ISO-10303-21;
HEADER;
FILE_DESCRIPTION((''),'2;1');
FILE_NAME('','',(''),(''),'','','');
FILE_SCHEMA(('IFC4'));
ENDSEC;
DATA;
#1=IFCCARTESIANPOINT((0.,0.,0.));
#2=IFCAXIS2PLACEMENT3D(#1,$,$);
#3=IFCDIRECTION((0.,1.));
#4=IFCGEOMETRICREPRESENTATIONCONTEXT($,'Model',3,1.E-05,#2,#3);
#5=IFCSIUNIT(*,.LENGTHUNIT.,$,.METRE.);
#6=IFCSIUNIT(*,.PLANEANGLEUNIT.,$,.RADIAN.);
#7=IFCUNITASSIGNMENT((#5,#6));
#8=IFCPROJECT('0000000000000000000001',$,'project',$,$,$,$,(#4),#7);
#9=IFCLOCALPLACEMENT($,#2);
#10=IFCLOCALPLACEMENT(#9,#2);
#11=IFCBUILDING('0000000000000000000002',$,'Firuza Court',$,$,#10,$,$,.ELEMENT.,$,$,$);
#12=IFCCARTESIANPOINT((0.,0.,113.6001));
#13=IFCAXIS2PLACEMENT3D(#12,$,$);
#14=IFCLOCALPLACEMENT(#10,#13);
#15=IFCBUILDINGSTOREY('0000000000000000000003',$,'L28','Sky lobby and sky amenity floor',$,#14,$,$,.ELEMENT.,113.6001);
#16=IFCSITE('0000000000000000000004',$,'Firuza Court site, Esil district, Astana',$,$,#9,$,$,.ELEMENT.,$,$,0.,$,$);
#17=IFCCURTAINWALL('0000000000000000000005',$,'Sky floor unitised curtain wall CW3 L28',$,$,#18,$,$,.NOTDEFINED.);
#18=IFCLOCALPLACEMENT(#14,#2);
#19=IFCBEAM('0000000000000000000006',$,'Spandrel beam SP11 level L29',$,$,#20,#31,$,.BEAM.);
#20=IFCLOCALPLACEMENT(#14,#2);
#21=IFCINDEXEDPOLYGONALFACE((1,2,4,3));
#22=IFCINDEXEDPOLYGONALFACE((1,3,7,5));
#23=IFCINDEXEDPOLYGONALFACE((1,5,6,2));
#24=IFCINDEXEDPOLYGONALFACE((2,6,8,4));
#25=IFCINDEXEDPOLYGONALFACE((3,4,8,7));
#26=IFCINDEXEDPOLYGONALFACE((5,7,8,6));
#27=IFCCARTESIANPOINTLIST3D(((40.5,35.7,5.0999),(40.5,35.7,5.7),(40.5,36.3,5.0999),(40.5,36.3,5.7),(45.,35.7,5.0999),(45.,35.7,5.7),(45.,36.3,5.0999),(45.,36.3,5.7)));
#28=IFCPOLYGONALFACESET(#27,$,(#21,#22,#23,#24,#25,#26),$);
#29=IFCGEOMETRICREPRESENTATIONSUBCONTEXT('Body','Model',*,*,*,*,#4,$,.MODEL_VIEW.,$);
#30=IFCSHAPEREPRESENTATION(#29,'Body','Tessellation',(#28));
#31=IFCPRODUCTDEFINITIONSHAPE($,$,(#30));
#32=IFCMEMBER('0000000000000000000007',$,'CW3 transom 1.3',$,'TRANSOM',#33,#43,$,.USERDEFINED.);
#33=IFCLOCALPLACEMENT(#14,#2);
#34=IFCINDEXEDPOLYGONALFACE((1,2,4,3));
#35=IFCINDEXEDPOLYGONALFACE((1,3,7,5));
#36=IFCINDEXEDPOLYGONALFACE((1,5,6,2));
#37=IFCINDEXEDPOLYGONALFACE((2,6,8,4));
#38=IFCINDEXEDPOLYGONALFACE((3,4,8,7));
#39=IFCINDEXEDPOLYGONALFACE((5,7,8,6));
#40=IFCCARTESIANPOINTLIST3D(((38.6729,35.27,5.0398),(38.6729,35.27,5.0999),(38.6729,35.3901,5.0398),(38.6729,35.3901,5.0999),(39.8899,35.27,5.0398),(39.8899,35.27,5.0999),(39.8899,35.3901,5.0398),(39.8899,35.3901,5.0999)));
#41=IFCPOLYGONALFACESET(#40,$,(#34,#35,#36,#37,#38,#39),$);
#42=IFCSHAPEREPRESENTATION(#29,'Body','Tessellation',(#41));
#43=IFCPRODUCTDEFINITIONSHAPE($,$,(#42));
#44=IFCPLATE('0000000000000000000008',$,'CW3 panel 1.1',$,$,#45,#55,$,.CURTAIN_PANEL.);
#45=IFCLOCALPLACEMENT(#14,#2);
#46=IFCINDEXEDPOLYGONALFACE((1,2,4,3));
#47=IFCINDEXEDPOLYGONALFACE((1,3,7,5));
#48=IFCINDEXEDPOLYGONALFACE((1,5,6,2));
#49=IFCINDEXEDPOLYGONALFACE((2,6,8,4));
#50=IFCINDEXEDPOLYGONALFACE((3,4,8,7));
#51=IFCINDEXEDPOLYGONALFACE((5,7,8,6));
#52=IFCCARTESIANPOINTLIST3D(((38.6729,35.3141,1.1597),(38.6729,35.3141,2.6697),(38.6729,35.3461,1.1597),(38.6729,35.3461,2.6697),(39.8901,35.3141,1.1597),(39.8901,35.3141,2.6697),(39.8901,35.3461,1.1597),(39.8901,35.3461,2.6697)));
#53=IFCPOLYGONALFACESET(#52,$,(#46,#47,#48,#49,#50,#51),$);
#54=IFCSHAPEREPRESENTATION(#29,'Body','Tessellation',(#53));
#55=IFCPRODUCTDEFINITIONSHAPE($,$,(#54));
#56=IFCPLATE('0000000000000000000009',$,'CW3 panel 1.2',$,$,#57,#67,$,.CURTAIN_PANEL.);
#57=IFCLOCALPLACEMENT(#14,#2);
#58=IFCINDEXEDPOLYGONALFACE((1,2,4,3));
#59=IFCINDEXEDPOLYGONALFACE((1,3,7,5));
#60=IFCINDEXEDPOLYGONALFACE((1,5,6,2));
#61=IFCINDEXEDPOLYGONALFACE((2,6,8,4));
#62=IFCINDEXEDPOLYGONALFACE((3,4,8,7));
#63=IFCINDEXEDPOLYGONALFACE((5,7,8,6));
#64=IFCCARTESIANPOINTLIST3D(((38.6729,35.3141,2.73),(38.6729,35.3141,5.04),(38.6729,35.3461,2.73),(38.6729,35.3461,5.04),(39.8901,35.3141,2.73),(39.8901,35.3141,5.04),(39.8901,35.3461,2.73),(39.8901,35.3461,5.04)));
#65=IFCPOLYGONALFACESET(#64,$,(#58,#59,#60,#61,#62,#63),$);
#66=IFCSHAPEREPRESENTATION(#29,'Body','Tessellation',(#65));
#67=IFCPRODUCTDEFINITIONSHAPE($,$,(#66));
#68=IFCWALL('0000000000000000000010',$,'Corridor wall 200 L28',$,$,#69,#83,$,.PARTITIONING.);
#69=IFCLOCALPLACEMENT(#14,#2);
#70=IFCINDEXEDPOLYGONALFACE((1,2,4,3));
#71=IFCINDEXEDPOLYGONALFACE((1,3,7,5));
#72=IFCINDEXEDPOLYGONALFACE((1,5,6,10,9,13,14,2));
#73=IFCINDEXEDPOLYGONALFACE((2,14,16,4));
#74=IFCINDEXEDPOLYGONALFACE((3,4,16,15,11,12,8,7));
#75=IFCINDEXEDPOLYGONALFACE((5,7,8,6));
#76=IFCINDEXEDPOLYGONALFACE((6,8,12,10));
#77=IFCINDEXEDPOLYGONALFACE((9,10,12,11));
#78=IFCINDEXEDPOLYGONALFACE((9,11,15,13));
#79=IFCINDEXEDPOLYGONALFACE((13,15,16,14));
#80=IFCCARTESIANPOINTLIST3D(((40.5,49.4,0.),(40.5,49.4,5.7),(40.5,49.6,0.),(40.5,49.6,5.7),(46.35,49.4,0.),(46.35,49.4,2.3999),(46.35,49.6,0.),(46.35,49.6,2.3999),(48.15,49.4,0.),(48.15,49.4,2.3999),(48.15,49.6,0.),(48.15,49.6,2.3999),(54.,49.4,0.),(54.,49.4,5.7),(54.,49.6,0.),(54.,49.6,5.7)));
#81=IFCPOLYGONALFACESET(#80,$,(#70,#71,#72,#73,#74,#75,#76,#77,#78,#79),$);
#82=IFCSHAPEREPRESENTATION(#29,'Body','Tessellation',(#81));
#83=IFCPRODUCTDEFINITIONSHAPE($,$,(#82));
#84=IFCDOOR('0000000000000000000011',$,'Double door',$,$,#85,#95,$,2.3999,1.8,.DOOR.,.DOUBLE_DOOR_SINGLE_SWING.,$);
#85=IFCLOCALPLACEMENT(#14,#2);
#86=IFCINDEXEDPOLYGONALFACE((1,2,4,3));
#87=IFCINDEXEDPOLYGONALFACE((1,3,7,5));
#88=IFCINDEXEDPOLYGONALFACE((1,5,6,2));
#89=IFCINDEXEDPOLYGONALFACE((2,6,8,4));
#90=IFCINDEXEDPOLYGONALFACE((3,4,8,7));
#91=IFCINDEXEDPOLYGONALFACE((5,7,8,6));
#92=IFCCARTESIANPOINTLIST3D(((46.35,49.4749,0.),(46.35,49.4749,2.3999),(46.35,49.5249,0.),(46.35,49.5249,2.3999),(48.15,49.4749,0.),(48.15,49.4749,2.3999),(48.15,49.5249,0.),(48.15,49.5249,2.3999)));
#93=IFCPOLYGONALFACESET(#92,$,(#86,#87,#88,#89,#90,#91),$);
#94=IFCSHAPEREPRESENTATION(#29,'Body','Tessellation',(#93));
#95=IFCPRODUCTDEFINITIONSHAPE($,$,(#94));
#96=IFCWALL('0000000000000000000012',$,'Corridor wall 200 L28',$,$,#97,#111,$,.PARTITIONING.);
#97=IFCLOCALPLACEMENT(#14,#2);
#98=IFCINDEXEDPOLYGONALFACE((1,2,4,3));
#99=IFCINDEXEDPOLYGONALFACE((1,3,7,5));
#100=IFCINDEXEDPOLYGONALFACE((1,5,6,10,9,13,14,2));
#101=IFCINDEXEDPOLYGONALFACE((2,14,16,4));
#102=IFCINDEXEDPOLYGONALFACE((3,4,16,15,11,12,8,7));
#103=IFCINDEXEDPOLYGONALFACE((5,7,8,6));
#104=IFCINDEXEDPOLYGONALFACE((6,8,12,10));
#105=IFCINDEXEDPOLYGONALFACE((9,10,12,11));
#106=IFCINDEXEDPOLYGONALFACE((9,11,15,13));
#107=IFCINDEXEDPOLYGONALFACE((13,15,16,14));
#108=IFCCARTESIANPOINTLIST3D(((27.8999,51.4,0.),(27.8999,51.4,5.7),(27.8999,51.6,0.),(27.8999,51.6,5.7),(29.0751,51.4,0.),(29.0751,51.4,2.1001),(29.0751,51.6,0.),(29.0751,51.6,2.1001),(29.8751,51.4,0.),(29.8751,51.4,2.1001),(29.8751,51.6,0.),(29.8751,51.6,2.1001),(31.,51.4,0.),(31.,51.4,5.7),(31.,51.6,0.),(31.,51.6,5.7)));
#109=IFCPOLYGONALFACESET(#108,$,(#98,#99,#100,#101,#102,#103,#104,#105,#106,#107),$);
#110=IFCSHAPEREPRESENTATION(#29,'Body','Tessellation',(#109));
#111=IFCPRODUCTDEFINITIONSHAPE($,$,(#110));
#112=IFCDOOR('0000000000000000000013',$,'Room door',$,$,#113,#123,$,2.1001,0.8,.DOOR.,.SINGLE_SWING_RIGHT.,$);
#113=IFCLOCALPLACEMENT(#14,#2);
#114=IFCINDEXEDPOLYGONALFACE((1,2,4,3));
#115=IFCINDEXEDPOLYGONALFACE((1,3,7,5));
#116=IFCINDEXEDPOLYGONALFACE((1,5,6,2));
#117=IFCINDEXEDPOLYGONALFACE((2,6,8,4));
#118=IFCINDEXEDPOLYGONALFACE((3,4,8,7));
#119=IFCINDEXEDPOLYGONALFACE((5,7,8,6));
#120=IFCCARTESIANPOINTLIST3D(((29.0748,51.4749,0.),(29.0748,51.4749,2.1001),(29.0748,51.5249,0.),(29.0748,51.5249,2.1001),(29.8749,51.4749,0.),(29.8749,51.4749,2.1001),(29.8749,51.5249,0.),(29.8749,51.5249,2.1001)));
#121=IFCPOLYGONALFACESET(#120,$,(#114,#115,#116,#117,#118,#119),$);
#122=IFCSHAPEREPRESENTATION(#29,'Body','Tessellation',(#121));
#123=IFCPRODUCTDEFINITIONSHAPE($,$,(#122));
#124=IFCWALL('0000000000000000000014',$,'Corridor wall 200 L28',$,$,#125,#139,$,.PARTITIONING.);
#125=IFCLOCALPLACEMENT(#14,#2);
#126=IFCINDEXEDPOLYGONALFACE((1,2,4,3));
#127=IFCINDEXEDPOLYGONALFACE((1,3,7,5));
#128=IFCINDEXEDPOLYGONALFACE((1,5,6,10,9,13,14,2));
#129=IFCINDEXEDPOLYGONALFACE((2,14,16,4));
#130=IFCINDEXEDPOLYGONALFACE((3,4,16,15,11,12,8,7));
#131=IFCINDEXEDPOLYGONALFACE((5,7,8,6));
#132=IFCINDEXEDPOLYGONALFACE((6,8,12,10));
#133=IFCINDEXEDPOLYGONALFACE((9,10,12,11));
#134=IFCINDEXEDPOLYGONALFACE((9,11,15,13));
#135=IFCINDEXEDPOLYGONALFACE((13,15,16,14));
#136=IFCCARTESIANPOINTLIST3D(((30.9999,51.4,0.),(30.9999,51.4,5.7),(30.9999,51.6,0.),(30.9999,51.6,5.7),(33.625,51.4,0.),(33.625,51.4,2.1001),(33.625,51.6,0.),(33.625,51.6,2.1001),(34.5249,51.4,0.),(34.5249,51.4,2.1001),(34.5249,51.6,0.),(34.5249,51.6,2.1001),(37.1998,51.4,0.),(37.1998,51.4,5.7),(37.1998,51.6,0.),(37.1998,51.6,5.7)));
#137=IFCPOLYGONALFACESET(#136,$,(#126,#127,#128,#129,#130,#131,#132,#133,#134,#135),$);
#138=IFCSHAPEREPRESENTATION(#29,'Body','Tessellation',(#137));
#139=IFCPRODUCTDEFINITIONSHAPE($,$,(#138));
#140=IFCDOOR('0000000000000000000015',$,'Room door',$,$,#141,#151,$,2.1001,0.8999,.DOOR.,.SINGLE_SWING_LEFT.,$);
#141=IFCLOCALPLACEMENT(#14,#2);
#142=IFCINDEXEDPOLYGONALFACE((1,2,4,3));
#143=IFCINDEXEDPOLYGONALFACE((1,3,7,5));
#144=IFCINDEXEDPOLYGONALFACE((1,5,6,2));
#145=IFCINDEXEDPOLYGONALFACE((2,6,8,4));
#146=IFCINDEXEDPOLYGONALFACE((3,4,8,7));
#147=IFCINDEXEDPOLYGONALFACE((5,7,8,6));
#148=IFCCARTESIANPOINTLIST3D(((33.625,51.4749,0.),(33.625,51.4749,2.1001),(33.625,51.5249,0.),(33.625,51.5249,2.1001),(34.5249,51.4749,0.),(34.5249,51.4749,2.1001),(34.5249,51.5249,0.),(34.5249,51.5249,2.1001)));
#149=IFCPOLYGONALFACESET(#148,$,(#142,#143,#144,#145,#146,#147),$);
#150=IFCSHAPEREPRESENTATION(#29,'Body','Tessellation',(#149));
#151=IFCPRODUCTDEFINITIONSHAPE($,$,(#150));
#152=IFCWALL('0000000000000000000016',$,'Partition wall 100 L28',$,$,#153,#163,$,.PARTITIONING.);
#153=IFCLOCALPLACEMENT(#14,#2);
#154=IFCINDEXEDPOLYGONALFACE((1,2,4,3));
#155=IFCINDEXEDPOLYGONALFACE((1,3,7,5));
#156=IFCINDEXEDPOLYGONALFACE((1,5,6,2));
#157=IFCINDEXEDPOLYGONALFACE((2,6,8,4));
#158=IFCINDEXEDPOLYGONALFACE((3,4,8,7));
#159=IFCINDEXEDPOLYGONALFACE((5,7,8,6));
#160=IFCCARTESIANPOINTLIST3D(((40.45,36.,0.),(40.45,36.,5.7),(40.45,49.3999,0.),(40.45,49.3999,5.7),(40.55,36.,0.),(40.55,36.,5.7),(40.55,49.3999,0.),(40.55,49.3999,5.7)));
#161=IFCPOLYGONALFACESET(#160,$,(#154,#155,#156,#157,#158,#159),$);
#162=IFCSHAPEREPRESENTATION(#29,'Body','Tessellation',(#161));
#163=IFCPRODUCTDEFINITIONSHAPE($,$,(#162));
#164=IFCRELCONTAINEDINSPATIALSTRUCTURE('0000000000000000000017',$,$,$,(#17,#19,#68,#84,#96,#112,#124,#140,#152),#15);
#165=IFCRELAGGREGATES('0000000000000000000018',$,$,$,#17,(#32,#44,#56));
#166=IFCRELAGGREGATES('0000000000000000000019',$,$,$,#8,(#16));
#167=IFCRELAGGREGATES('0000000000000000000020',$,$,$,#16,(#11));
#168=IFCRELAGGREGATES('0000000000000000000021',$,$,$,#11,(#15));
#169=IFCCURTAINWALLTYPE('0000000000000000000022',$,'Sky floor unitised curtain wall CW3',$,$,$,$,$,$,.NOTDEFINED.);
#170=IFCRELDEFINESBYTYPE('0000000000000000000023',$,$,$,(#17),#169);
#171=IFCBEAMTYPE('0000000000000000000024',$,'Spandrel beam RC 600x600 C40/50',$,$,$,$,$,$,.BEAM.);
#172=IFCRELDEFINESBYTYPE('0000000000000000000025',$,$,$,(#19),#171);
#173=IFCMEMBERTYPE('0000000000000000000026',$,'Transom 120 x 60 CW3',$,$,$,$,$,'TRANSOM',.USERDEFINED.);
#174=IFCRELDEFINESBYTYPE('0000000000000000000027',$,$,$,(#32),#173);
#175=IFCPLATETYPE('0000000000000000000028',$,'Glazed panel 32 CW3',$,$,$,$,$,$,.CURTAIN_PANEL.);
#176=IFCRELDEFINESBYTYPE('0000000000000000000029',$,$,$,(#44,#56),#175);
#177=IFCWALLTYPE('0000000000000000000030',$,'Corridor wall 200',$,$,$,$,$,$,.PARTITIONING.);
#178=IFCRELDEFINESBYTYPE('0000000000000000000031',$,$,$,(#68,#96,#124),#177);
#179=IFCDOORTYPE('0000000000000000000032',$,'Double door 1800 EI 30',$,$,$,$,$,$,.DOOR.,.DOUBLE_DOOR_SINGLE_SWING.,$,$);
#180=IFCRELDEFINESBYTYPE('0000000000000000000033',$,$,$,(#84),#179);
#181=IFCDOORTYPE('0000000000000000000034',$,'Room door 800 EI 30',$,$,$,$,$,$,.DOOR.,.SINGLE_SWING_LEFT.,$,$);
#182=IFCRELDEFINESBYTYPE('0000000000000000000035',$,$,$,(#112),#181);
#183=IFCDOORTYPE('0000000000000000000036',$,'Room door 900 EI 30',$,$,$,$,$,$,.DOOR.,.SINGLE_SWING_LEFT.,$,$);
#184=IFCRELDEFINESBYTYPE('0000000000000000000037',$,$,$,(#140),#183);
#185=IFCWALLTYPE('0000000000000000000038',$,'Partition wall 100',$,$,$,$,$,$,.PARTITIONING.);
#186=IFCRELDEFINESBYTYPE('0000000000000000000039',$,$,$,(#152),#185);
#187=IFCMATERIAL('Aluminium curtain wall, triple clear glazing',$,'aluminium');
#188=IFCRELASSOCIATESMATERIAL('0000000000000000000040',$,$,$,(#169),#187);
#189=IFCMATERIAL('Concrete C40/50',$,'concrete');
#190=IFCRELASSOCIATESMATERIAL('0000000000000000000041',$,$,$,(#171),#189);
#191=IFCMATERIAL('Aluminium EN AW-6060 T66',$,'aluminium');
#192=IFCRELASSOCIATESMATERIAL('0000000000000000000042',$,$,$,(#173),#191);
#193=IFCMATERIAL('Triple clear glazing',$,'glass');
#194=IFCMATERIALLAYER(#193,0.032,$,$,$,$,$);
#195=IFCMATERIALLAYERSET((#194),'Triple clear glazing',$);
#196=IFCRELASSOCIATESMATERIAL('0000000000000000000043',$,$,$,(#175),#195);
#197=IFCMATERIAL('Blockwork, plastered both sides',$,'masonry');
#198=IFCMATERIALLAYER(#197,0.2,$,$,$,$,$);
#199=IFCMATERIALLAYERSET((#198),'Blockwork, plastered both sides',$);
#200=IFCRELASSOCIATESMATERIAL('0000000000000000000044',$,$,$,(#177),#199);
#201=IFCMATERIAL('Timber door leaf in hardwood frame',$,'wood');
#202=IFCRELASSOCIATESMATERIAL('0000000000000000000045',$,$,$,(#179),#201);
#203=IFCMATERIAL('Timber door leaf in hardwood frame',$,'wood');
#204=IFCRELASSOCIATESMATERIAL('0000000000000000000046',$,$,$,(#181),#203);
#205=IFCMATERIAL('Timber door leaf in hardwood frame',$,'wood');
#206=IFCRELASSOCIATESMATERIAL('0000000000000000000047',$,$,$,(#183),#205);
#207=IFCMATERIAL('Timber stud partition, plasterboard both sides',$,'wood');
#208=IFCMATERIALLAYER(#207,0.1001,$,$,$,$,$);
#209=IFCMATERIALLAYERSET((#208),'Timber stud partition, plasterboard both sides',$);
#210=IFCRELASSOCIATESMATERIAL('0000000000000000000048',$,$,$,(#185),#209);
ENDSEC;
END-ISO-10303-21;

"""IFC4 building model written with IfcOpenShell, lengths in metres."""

from ifc_helpers import new_model, si_unit, direction, frame, frame_2d, origin, origin_2d, place, context, subcontext, project, spatial, rectangle, extrude, material, layer, layer_set, material_profile, profile_set, type_object, element, fill, aggregate, save


model = new_model("IFC4")

# Units and contexts
model_context = context("Model", 3, precision=1e-05, world=origin(), true_north=direction((0.0, 1.0)))
body_context = subcontext(model_context, "Body", "Model", "MODEL_VIEW")
ifc_project = project(units=[si_unit("LENGTHUNIT", "METRE"), si_unit("PLANEANGLEUNIT", "RADIAN")], contexts=[model_context])

# Site, building, storey
site_placement = place(None, origin())
site = spatial("IfcSite", under=ifc_project, at=site_placement, Name="Firuza Court site, Esil district, Astana", CompositionType="ELEMENT", RefElevation=0.0)
building_placement = place(site_placement, origin())
building = spatial("IfcBuilding", under=site, at=building_placement, Name="Firuza Court", CompositionType="ELEMENT")
storey_placement = place(building_placement, frame((0.0, 0.0, 113.6001)))
storey = spatial("IfcBuildingStorey", under=building, at=storey_placement, Name="L28", Description="Sky lobby and sky amenity floor", CompositionType="ELEMENT", Elevation=113.6001)

# Curtain wall
ifc_material_1 = material(Name="Aluminium curtain wall, triple clear glazing", Category="aluminium")
curtain_wall_type = type_object("IfcCurtainWallType", Name="Sky floor unitised curtain wall CW3", PredefinedType="NOTDEFINED", material=ifc_material_1)
curtain_wall_1_placement = place(storey_placement, origin())
curtain_wall_1 = element("IfcCurtainWall", 1, at=curtain_wall_1_placement, inside=storey, type_object=curtain_wall_type, Name="Sky floor unitised curtain wall CW3 L28", PredefinedType="NOTDEFINED")

# Beam
ifc_material_2 = material(Name="Concrete C40/50", Category="concrete")
ifc_material_profile_1 = material_profile(ifc_material_2, rectangle(XDim=0.6001, YDim=0.6001, at=origin_2d()), Name="RC 600x600")
ifc_profile_set_1 = profile_set([ifc_material_profile_1], Name="Concrete C40/50")
beam_type_1 = type_object("IfcBeamType", Name="Spandrel beam RC 600x600 C40/50", PredefinedType="BEAM", material=ifc_profile_set_1)
for number, where, z_axis, x_axis, name in (
    (2, (40.5, 36.0, 5.3999), (1.0, 0.0, 0.0), (0.0, 1.0, 0.0), "Spandrel beam SP11 level L29"),
):
    element("IfcBeam", number, at=place(storey_placement, frame(where, z_axis=z_axis, x_axis=x_axis)), inside=storey, type_object=beam_type_1, Name=name, PredefinedType="BEAM", context=body_context, shape_type="SweptSolid", body=[
        extrude(rectangle(XDim=0.6001, YDim=0.6001, at=origin_2d()), origin(), (0.0, 0.0, 1.0), 4.5),
    ])

# Member
ifc_material_3 = material(Name="Aluminium EN AW-6060 T66", Category="aluminium")
ifc_material_profile_2 = material_profile(ifc_material_3, rectangle(XDim=0.1201, YDim=0.0601, at=origin_2d()), Name="Transom 120 x 60 CW3")
ifc_profile_set_2 = profile_set([ifc_material_profile_2], Name="Aluminium EN AW-6060 T66")
member_type_1 = type_object("IfcMemberType", Name="Transom 120 x 60 CW3", ElementType="TRANSOM", PredefinedType="USERDEFINED", material=ifc_profile_set_2)
member_1_placement = place(storey_placement, frame((38.6729, 35.3301, 5.0698), z_axis=(1.0, 0.0, 0.0), x_axis=(0.0, 1.0, 0.0)))
member_1 = element("IfcMember", 3, at=member_1_placement, type_object=member_type_1, Name="CW3 transom 1.3", ObjectType="TRANSOM", PredefinedType="USERDEFINED", context=body_context, shape_type="SweptSolid", body=[
    extrude(rectangle(XDim=0.1201, YDim=0.0601, at=origin_2d()), origin(), (0.0, 0.0, 1.0), 1.217),
])

# Plates
ifc_material_4 = material(Name="Triple clear glazing", Category="glass")
ifc_layer_1 = layer(ifc_material_4, 0.032)
ifc_layer_set_1 = layer_set([ifc_layer_1], Name="Triple clear glazing")
plate_type = type_object("IfcPlateType", Name="Glazed panel 32 CW3", PredefinedType="CURTAIN_PANEL", material=ifc_layer_set_1)
plate_1_placement = place(storey_placement, frame((39.2815, 35.3301, 1.1597), z_axis=(0.0, 0.0, 1.0), x_axis=(1.0, 0.0, 0.0)))
plate_1 = element("IfcPlate", 4, at=plate_1_placement, type_object=plate_type, Name="CW3 panel 1.1", PredefinedType="CURTAIN_PANEL", context=body_context, shape_type="SweptSolid", body=[
    extrude(rectangle(XDim=1.2173, YDim=0.032, at=origin_2d()), origin(), (0.0, 0.0, 1.0), 1.51),
])
plate_2_placement = place(storey_placement, frame((39.2815, 35.3301, 2.73), z_axis=(0.0, 0.0, 1.0), x_axis=(1.0, 0.0, 0.0)))
plate_2 = element("IfcPlate", 5, at=plate_2_placement, type_object=plate_type, Name="CW3 panel 1.2", PredefinedType="CURTAIN_PANEL", context=body_context, shape_type="SweptSolid", body=[
    extrude(rectangle(XDim=1.2173, YDim=0.032, at=origin_2d()), origin(), (0.0, 0.0, 1.0), 2.3101),
])
aggregate(curtain_wall_1, [member_1, plate_1, plate_2])

# Walls, openings, doors
ifc_material_5 = material(Name="Blockwork, plastered both sides", Category="masonry")
ifc_layer_2 = layer(ifc_material_5, 0.2)
ifc_layer_set_2 = layer_set([ifc_layer_2], Name="Blockwork, plastered both sides")
wall_type_1 = type_object("IfcWallType", Name="Corridor wall 200", PredefinedType="PARTITIONING", material=ifc_layer_set_2)
wall_1_placement = place(storey_placement, frame((40.5, 49.5, 0.0), z_axis=(0.0, 0.0, 1.0), x_axis=(1.0, 0.0, 0.0)))
wall_1 = element("IfcWall", 6, at=wall_1_placement, inside=storey, type_object=wall_type_1, Name="Corridor wall 200 L28", PredefinedType="PARTITIONING", context=body_context, shape_type="SweptSolid", body=[
    extrude(rectangle(XDim=13.5, YDim=0.2, at=frame_2d((6.75, 0.0))), origin(), (0.0, 0.0, 1.0), 5.7),
])
opening_1_placement = place(wall_1_placement, frame((5.8501, 0.0, 0.0)))
opening_1 = element("IfcOpeningElement", 7, at=opening_1_placement, cuts=wall_1, PredefinedType="OPENING", context=body_context, shape_type="SweptSolid", body=[
    extrude(rectangle(XDim=1.8, YDim=2.3999, at=frame_2d((0.8999, 1.2))), frame((0.0, 0.1118, 0.0), z_axis=(0.0, -1.0, 0.0), x_axis=(1.0, 0.0, 0.0)), (0.0, 0.0, 1.0), 0.2239),
])
ifc_material_6 = material(Name="Timber door leaf in hardwood frame", Category="wood")
door_type_1 = type_object("IfcDoorType", Name="Double door 1800 EI 30", OperationType="DOUBLE_DOOR_SINGLE_SWING", PredefinedType="DOOR", material=ifc_material_6)
door_1_placement = place(opening_1_placement, origin())
door_1 = element("IfcDoor", 8, at=door_1_placement, inside=storey, type_object=door_type_1, Name="Double door", OperationType="DOUBLE_DOOR_SINGLE_SWING", OverallHeight=2.3999, OverallWidth=1.8, PredefinedType="DOOR", context=body_context, shape_type="SweptSolid", body=[
    extrude(rectangle(XDim=1.8, YDim=2.3999, at=frame_2d((0.8999, 1.2))), frame((0.0, 0.0249, 0.0), z_axis=(0.0, -1.0, 0.0), x_axis=(1.0, 0.0, 0.0)), (0.0, 0.0, 1.0), 0.05),
])
fill(opening_1, door_1)
wall_2_placement = place(storey_placement, frame((31.0, 51.5, 0.0), z_axis=(0.0, 0.0, 1.0), x_axis=(-1.0, 0.0, 0.0)))
wall_2 = element("IfcWall", 9, at=wall_2_placement, inside=storey, type_object=wall_type_1, Name="Corridor wall 200 L28", PredefinedType="PARTITIONING", context=body_context, shape_type="SweptSolid", body=[
    extrude(rectangle(XDim=3.1001, YDim=0.2, at=frame_2d((1.55, 0.0))), origin(), (0.0, 0.0, 1.0), 5.7),
])
opening_2_placement = place(wall_2_placement, frame((1.125, 0.0, 0.0)))
opening_2 = element("IfcOpeningElement", 10, at=opening_2_placement, cuts=wall_2, PredefinedType="OPENING", context=body_context, shape_type="SweptSolid", body=[
    extrude(rectangle(XDim=0.8, YDim=2.1001, at=frame_2d((0.3999, 1.05))), frame((0.0, 0.1118, 0.0), z_axis=(0.0, -1.0, 0.0), x_axis=(1.0, 0.0, 0.0)), (0.0, 0.0, 1.0), 0.2239),
])
ifc_material_7 = material(Name="Timber door leaf in hardwood frame", Category="wood")
door_type_2 = type_object("IfcDoorType", Name="Room door 800 EI 30", OperationType="SINGLE_SWING_LEFT", PredefinedType="DOOR", material=ifc_material_7)
door_2_placement = place(opening_2_placement, frame((0.8, 0.0, 0.0), z_axis=(0.0, 0.0, 1.0), x_axis=(-1.0, 0.0, 0.0)))
door_2 = element("IfcDoor", 11, at=door_2_placement, inside=storey, type_object=door_type_2, Name="Room door", OperationType="SINGLE_SWING_RIGHT", OverallHeight=2.1001, OverallWidth=0.8, PredefinedType="DOOR", context=body_context, shape_type="SweptSolid", body=[
    extrude(rectangle(XDim=0.8, YDim=2.1001, at=frame_2d((0.3999, 1.05))), frame((0.0, 0.0249, 0.0), z_axis=(0.0, -1.0, 0.0), x_axis=(1.0, 0.0, 0.0)), (0.0, 0.0, 1.0), 0.05),
])
fill(opening_2, door_2)
wall_3_placement = place(storey_placement, frame((37.2, 51.5, 0.0), z_axis=(0.0, 0.0, 1.0), x_axis=(-1.0, 0.0, 0.0)))
wall_3 = element("IfcWall", 12, at=wall_3_placement, inside=storey, type_object=wall_type_1, Name="Corridor wall 200 L28", PredefinedType="PARTITIONING", context=body_context, shape_type="SweptSolid", body=[
    extrude(rectangle(XDim=6.2, YDim=0.2, at=frame_2d((3.1001, 0.0))), origin(), (0.0, 0.0, 1.0), 5.7),
])
opening_3_placement = place(wall_3_placement, frame((2.675, 0.0, 0.0)))
opening_3 = element("IfcOpeningElement", 13, at=opening_3_placement, cuts=wall_3, PredefinedType="OPENING", context=body_context, shape_type="SweptSolid", body=[
    extrude(rectangle(XDim=0.8999, YDim=2.1001, at=frame_2d((0.45, 1.05))), frame((0.0, 0.1118, 0.0), z_axis=(0.0, -1.0, 0.0), x_axis=(1.0, 0.0, 0.0)), (0.0, 0.0, 1.0), 0.2239),
])
ifc_material_8 = material(Name="Timber door leaf in hardwood frame", Category="wood")
door_type_3 = type_object("IfcDoorType", Name="Room door 900 EI 30", OperationType="SINGLE_SWING_LEFT", PredefinedType="DOOR", material=ifc_material_8)
door_3_placement = place(opening_3_placement, frame((0.8999, 0.0, 0.0), z_axis=(0.0, 0.0, 1.0), x_axis=(-1.0, 0.0, 0.0)))
door_3 = element("IfcDoor", 14, at=door_3_placement, inside=storey, type_object=door_type_3, Name="Room door", OperationType="SINGLE_SWING_LEFT", OverallHeight=2.1001, OverallWidth=0.8999, PredefinedType="DOOR", context=body_context, shape_type="SweptSolid", body=[
    extrude(rectangle(XDim=0.8999, YDim=2.1001, at=frame_2d((0.45, 1.05))), frame((0.0, 0.0249, 0.0), z_axis=(0.0, -1.0, 0.0), x_axis=(1.0, 0.0, 0.0)), (0.0, 0.0, 1.0), 0.05),
])
fill(opening_3, door_3)

# Wall
ifc_material_9 = material(Name="Timber stud partition, plasterboard both sides", Category="wood")
ifc_layer_3 = layer(ifc_material_9, 0.1001)
ifc_layer_set_3 = layer_set([ifc_layer_3], Name="Timber stud partition, plasterboard both sides")
wall_type_2 = type_object("IfcWallType", Name="Partition wall 100", PredefinedType="PARTITIONING", material=ifc_layer_set_3)
wall_4_placement = place(storey_placement, frame((40.5, 49.3999, 0.0), z_axis=(0.0, 0.0, 1.0), x_axis=(0.0, -1.0, 0.0)))
element("IfcWall", 15, at=wall_4_placement, inside=storey, type_object=wall_type_2, Name="Partition wall 100 L28", PredefinedType="PARTITIONING", context=body_context, shape_type="SweptSolid", body=[
    extrude(rectangle(XDim=13.3999, YDim=0.1001, at=frame_2d((6.7, 0.0))), origin(), (0.0, 0.0, 1.0), 5.7),
])

save(model, "model.ifc")
